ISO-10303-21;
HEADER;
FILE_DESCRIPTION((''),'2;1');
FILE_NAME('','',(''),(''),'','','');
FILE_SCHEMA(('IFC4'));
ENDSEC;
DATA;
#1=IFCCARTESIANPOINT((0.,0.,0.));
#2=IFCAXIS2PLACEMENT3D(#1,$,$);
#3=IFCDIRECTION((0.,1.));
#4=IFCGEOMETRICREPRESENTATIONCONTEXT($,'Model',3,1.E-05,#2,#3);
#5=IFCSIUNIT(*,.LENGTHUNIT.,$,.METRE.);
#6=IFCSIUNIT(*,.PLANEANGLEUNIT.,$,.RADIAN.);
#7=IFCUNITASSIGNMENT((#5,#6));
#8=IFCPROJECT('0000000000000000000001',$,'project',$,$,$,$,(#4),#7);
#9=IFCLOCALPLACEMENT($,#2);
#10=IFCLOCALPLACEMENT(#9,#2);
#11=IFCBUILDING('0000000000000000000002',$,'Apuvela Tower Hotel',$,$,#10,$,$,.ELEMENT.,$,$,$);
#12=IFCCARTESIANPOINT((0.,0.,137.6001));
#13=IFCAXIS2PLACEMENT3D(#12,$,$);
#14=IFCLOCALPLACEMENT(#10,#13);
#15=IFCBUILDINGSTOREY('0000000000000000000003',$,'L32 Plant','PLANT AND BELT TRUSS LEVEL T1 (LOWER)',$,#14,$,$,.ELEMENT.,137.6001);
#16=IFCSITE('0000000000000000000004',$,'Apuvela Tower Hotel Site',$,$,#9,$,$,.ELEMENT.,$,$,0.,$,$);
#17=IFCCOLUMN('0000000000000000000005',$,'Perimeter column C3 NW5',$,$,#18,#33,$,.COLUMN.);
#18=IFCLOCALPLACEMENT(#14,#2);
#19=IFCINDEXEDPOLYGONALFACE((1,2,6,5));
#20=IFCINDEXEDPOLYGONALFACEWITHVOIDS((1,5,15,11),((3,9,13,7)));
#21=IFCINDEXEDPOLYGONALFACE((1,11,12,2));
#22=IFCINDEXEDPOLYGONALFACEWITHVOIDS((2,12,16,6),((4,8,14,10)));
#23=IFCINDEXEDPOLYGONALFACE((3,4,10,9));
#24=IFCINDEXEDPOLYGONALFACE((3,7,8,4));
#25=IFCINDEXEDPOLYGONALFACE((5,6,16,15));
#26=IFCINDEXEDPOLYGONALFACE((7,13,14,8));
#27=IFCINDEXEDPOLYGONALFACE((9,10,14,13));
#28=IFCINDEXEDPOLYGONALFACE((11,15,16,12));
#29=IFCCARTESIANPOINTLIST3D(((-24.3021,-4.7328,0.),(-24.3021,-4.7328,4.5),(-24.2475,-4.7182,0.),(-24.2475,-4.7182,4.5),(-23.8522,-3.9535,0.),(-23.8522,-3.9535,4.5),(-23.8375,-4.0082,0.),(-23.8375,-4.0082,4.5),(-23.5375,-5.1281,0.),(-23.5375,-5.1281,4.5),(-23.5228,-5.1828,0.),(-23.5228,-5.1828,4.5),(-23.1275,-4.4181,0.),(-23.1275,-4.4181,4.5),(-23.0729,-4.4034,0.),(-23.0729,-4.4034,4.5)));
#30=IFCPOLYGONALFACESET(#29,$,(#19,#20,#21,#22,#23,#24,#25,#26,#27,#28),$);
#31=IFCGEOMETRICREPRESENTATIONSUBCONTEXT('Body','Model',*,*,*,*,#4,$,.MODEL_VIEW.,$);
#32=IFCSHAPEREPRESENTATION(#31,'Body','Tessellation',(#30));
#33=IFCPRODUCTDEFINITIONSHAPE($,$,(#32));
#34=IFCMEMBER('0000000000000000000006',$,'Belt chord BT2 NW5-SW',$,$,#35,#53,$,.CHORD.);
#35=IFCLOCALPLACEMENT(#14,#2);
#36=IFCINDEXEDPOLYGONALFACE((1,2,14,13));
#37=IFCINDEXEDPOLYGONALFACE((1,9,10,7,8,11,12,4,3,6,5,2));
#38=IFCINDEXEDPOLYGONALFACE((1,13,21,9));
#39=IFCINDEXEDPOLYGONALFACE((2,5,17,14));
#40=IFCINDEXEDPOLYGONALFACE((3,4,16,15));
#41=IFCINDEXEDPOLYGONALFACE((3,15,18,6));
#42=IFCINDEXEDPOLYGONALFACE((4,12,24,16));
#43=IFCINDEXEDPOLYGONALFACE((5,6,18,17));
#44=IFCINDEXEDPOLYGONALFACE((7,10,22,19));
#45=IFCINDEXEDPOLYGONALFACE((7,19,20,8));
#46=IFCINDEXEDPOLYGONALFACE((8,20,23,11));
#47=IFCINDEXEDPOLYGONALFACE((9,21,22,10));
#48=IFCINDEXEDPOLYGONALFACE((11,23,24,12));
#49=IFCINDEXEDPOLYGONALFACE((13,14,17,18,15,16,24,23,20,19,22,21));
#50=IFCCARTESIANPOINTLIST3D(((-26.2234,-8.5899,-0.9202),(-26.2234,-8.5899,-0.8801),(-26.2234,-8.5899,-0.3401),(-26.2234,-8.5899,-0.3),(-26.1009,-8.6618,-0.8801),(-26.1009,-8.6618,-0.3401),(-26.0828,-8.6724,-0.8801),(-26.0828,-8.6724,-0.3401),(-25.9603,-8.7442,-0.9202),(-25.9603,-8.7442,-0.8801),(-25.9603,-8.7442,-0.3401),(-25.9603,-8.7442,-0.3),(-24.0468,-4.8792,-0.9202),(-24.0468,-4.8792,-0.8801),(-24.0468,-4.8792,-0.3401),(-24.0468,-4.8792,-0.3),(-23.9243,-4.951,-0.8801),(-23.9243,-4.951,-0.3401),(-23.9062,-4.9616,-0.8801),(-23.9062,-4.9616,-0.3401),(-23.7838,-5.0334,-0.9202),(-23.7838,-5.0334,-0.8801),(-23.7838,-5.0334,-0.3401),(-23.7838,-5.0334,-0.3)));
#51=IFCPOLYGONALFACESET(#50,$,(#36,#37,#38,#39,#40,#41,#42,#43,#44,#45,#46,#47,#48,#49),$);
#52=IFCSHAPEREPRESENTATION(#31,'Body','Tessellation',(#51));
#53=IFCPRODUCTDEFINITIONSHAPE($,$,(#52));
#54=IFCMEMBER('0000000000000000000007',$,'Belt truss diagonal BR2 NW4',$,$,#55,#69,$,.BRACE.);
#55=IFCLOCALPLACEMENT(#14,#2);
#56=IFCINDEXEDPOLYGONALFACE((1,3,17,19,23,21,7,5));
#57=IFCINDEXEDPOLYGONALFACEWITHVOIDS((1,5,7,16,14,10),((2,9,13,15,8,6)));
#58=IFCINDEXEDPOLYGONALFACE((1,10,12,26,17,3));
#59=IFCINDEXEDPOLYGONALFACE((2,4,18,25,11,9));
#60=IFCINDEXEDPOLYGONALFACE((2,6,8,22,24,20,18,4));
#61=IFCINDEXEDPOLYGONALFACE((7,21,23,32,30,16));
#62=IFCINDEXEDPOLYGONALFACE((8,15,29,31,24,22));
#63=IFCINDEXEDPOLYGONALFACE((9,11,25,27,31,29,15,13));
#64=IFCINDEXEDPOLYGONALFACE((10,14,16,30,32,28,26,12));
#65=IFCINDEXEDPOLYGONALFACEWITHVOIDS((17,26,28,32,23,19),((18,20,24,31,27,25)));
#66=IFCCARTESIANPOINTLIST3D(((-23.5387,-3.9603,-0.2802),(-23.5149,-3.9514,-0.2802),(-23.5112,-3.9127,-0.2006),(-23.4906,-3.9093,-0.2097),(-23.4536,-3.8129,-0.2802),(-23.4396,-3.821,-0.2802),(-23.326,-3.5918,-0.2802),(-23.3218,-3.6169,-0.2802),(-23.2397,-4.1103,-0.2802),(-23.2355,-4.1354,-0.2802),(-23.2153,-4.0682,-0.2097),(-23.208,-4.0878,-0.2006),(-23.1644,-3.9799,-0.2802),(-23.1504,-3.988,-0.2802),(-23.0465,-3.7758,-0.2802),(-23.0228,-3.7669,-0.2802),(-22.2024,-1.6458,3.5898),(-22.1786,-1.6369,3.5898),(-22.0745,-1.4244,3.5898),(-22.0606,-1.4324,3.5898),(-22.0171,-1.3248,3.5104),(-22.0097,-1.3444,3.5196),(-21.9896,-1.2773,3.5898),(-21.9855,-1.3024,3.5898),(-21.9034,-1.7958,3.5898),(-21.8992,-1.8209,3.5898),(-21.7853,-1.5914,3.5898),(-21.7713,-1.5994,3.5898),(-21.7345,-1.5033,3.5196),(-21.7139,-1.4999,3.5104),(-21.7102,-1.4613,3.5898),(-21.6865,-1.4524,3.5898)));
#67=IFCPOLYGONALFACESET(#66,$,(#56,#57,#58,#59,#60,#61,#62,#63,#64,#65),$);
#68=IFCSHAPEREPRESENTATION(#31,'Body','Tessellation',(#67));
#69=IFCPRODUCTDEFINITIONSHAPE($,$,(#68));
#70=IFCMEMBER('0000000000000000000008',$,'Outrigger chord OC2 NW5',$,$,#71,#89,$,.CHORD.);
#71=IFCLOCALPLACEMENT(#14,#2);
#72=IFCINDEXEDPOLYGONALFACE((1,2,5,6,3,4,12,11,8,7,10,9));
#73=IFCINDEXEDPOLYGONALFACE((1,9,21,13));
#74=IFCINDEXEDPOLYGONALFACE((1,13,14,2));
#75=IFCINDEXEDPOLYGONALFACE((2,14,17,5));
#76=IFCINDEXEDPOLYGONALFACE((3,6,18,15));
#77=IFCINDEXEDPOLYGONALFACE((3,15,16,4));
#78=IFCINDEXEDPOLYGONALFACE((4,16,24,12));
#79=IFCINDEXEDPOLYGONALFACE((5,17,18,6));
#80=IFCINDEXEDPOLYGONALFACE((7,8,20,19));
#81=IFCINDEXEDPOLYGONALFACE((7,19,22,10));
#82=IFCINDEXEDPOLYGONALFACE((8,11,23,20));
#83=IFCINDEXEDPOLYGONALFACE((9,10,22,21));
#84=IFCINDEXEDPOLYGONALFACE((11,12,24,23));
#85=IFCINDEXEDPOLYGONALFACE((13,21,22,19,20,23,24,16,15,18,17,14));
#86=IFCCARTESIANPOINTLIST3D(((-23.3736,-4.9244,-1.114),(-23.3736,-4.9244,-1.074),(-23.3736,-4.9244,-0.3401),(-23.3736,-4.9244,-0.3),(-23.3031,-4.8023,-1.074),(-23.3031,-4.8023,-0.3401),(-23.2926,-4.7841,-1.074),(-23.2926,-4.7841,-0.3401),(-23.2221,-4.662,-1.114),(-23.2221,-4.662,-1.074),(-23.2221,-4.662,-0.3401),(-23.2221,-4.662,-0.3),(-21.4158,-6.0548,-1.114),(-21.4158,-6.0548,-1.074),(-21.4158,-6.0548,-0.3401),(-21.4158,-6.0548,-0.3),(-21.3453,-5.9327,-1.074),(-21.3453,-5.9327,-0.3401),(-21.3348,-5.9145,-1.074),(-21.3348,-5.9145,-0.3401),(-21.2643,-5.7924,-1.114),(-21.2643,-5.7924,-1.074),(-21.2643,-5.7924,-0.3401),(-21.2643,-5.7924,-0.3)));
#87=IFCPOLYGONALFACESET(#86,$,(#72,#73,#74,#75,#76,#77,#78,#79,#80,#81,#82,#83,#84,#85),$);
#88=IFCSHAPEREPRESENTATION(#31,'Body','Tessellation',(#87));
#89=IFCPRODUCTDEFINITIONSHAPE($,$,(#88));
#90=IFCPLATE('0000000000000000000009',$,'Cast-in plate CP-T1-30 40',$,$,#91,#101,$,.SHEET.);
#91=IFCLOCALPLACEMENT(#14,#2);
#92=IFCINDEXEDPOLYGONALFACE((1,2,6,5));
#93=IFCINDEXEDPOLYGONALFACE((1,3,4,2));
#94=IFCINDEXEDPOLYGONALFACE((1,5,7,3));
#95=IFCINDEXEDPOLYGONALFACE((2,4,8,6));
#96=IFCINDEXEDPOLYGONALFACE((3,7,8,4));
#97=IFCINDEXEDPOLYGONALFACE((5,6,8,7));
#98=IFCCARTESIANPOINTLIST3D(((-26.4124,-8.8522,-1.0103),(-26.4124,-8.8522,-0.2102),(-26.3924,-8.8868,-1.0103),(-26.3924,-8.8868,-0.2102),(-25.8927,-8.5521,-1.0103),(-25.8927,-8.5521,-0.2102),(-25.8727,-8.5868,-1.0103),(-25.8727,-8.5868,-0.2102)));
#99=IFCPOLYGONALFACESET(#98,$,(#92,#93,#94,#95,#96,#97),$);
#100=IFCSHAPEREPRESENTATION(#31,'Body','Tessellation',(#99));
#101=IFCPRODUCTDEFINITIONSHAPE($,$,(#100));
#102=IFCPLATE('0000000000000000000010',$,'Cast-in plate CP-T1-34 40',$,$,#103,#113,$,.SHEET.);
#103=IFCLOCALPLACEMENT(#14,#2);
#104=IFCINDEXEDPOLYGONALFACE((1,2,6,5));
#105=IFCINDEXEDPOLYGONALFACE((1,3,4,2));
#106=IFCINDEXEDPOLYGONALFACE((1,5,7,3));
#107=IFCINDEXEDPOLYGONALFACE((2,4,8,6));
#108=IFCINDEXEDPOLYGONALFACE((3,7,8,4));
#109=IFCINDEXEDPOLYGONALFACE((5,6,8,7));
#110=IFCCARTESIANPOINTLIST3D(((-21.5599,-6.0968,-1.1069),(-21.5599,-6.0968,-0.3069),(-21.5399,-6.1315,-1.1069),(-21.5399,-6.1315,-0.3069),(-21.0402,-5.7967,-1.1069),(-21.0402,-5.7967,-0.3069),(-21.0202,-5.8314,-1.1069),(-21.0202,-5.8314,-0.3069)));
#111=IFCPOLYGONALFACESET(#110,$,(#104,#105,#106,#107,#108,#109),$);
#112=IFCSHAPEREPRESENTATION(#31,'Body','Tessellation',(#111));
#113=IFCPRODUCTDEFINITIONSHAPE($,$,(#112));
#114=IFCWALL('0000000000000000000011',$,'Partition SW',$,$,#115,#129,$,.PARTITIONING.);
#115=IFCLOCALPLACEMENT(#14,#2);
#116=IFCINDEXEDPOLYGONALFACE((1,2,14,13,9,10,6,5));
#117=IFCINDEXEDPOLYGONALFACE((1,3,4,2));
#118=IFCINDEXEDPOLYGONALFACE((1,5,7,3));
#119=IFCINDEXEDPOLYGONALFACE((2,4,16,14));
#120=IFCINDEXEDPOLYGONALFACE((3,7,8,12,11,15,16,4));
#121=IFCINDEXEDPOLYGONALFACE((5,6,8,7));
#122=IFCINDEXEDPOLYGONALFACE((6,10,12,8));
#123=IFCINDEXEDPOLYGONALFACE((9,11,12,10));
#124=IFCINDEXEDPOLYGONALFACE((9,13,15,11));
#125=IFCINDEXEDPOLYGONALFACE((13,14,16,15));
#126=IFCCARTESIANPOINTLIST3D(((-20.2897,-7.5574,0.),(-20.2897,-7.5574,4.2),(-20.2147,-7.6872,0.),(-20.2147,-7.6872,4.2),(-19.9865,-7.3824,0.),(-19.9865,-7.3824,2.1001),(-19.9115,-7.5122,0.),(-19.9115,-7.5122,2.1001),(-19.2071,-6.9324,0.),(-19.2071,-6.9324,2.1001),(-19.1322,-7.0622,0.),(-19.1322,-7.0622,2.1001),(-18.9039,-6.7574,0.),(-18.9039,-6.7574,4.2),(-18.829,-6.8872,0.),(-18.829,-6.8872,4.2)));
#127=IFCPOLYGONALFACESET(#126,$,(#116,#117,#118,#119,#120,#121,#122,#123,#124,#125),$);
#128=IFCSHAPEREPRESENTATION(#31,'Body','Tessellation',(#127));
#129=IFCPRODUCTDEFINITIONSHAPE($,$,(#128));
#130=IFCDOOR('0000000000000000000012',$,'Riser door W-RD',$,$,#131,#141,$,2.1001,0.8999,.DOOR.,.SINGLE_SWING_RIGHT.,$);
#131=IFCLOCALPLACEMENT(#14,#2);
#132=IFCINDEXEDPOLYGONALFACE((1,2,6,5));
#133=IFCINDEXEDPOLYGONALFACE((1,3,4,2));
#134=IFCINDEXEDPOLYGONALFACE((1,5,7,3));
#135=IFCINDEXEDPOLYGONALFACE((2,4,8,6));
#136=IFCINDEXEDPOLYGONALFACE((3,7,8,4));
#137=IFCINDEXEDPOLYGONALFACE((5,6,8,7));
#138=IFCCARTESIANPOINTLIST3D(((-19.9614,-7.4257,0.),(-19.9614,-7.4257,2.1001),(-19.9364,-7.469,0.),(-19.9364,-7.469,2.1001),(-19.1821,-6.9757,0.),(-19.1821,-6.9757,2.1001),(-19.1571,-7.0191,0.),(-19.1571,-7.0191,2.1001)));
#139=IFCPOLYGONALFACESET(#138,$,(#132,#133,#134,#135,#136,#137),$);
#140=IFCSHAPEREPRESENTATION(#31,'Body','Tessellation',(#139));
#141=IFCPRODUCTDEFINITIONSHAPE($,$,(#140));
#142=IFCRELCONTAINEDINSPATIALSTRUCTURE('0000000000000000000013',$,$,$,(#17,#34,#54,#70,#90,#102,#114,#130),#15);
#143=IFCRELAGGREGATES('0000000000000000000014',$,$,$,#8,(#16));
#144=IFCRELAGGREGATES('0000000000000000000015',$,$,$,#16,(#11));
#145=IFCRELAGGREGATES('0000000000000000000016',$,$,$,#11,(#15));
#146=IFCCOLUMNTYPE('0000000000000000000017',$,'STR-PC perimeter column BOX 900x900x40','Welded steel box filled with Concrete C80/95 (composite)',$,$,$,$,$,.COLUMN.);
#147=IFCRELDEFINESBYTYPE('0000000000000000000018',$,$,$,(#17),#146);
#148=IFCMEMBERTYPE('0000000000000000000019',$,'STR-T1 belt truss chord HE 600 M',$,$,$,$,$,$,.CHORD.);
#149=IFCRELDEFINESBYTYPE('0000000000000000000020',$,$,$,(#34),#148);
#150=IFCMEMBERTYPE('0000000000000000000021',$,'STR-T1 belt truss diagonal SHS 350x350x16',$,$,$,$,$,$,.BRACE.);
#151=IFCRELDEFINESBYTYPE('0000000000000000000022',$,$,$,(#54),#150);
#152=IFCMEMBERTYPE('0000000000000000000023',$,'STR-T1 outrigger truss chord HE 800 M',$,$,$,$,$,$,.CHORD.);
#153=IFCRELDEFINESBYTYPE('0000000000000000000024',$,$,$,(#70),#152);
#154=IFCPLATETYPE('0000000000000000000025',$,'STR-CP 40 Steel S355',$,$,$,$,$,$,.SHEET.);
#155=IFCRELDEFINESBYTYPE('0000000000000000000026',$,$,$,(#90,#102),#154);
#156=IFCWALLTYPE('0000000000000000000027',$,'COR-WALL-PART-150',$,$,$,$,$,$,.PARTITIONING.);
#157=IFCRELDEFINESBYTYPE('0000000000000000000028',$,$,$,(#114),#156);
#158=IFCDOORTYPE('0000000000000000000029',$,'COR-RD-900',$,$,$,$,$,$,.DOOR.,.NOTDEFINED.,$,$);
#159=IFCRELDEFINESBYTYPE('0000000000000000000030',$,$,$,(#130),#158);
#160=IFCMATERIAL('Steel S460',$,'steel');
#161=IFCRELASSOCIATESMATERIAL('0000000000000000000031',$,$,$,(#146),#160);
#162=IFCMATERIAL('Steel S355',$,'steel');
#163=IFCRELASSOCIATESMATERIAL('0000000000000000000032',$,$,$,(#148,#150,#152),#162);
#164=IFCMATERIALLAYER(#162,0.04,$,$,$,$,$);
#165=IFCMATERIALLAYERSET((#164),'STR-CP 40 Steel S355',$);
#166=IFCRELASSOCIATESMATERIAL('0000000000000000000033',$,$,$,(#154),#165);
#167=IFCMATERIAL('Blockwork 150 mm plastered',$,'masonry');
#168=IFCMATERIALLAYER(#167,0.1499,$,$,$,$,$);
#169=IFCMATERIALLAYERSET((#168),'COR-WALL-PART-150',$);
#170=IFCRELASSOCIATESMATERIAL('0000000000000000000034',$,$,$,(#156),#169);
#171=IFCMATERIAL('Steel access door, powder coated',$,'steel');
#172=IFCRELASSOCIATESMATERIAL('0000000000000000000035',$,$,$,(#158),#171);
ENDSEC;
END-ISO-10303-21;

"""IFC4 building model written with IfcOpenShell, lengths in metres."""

from ifc_helpers import new_model, si_unit, direction, frame, frame_2d, origin, origin_2d, place, context, subcontext, project, spatial, rectangle, hollow_rectangle, i_section, extrude, boolean, halfspace, material, layer, layer_set, material_profile, profile_set, type_object, element, fill, save


model = new_model("IFC4")

# Units and contexts
model_context = context("Model", 3, precision=1e-05, world=origin(), true_north=direction((0.0, 1.0)))
body_context = subcontext(model_context, "Body", "Model", "MODEL_VIEW")
ifc_project = project(units=[si_unit("LENGTHUNIT", "METRE"), si_unit("PLANEANGLEUNIT", "RADIAN")], contexts=[model_context])

# Site, building, storey
site_placement = place(None, origin())
site = spatial("IfcSite", under=ifc_project, at=site_placement, Name="Apuvela Tower Hotel Site", CompositionType="ELEMENT", RefElevation=0.0)
building_placement = place(site_placement, origin())
building = spatial("IfcBuilding", under=site, at=building_placement, Name="Apuvela Tower Hotel", CompositionType="ELEMENT")
storey_placement = place(building_placement, frame((0.0, 0.0, 137.6001)))
storey = spatial("IfcBuildingStorey", under=building, at=storey_placement, Name="L32 Plant", Description="PLANT AND BELT TRUSS LEVEL T1 (LOWER)", CompositionType="ELEMENT", Elevation=137.6001)

# Column
ifc_material_1 = material(Name="Steel S460", Category="steel")
ifc_material_profile_1 = material_profile(ifc_material_1, hollow_rectangle(XDim=0.8999, YDim=0.8999, WallThickness=0.04, at=origin_2d()), Name="BOX 900x900x40")
ifc_material_2 = material(Name="Concrete C80/95", Category="concrete")
ifc_material_profile_2 = material_profile(ifc_material_2, rectangle(XDim=0.8201, YDim=0.8201, at=origin_2d()), Name="Concrete C80/95 infill")
ifc_profile_set_1 = profile_set([ifc_material_profile_1, ifc_material_profile_2], Name="Steel S460")
column_type = type_object("IfcColumnType", Name="STR-PC perimeter column BOX 900x900x40", Description="Welded steel box filled with Concrete C80/95 (composite)", PredefinedType="COLUMN", material=ifc_profile_set_1)
column_placement = place(storey_placement, frame((-23.6875, -4.5681, 0.0), z_axis=(0.0, 0.0, 1.0), x_axis=(0.5, 0.866025, 0.0)))
element("IfcColumn", 1, at=column_placement, inside=storey, type_object=column_type, Name="Perimeter column C3 NW5", PredefinedType="COLUMN", context=body_context, shape_type="SweptSolid", body=[
    extrude(hollow_rectangle(XDim=0.8999, YDim=0.8999, WallThickness=0.04, at=origin_2d()), origin(), (0.0, 0.0, 1.0), 4.5),
])

# Members
ifc_material_3 = material(Name="Steel S355", Category="steel")
ifc_material_profile_3 = material_profile(ifc_material_3, i_section(OverallWidth=0.3049, OverallDepth=0.6201, WebThickness=0.021, FlangeThickness=0.04, at=origin_2d()), Name="HE 600 M")
ifc_profile_set_2 = profile_set([ifc_material_profile_3], Name="Steel S355")
member_type_1 = type_object("IfcMemberType", Name="STR-T1 belt truss chord HE 600 M", PredefinedType="CHORD", material=ifc_profile_set_2)
member_1_placement = place(storey_placement, frame((-23.9153, -4.9563, -0.6101), z_axis=(-0.505941, -0.862568, 0.0), x_axis=(0.862568, -0.505941, 0.0)))
element("IfcMember", 2, at=member_1_placement, inside=storey, type_object=member_type_1, Name="Belt chord BT2 NW5-SW", PredefinedType="CHORD", context=body_context, shape_type="SweptSolid", body=[
    extrude(i_section(OverallWidth=0.3049, OverallDepth=0.6201, WebThickness=0.021, FlangeThickness=0.04, at=origin_2d()), origin(), (0.0, 0.0, 1.0), 4.302),
])
ifc_material_profile_4 = material_profile(ifc_material_3, hollow_rectangle(XDim=0.3501, YDim=0.3501, WallThickness=0.0161, at=origin_2d()), Name="SHS 350x350x16")
ifc_profile_set_3 = profile_set([ifc_material_profile_4], Name="Steel S355")
member_type_2 = type_object("IfcMemberType", Name="STR-T1 belt truss diagonal SHS 350x350x16", PredefinedType="BRACE", material=ifc_profile_set_3)
member_2_placement = place(storey_placement, frame((-23.2876, -3.8755, -0.3), z_axis=(0.284132, 0.492119, 0.822853), x_axis=(-0.411434, -0.712607, 0.568254)))
solid_1 = boolean("DIFFERENCE", boolean("DIFFERENCE", extrude(hollow_rectangle(XDim=0.3501, YDim=0.3501, WallThickness=0.0161, at=origin_2d()), frame((0.0, 0.0, -0.2407)), (0.0, 0.0, 1.0), 5.2332), halfspace(frame((0.0, 0.0, 0.0242), z_axis=(0.568254, 0.0, 0.822853), x_axis=(0.822853, 0.0, -0.568254)), True)), halfspace(frame((0.0, 0.0, 4.7273), z_axis=(0.568254, 0.0, 0.822853), x_axis=(0.822853, 0.0, -0.568254)), False))
element("IfcMember", 3, at=member_2_placement, inside=storey, type_object=member_type_2, Name="Belt truss diagonal BR2 NW4", PredefinedType="BRACE", context=body_context, shape_type="SweptSolid", body=[
    boolean("UNION", boolean("DIFFERENCE", boolean("DIFFERENCE", extrude(hollow_rectangle(XDim=0.3501, YDim=0.3501, WallThickness=0.0161, at=origin_2d()), origin(), (0.0, 0.0, 1.0), 4.7517), halfspace(frame((0.0, 0.0, 0.0242), z_axis=(0.568254, 0.0, 0.822853), x_axis=(0.822853, 0.0, -0.568254)), True)), halfspace(frame((0.0, 0.0, 4.7273), z_axis=(0.568254, 0.0, 0.822853), x_axis=(0.822853, 0.0, -0.568254)), False)), solid_1),
])
ifc_material_profile_5 = material_profile(ifc_material_3, i_section(OverallWidth=0.303, OverallDepth=0.814, WebThickness=0.021, FlangeThickness=0.04, at=origin_2d()), Name="HE 800 M")
ifc_profile_set_4 = profile_set([ifc_material_profile_5], Name="Steel S355")
member_type_3 = type_object("IfcMemberType", Name="STR-T1 outrigger truss chord HE 800 M", PredefinedType="CHORD", material=ifc_profile_set_4)
member_3_placement = place(storey_placement, frame((-23.2979, -4.7932, -0.707), z_axis=(0.866015, -0.500018, 0.0), x_axis=(0.500018, 0.866015, 0.0)))
element("IfcMember", 4, at=member_3_placement, inside=storey, type_object=member_type_3, Name="Outrigger chord OC2 NW5", PredefinedType="CHORD", context=body_context, shape_type="SweptSolid", body=[
    extrude(i_section(OverallWidth=0.303, OverallDepth=0.814, WebThickness=0.021, FlangeThickness=0.04, at=origin_2d()), origin(), (0.0, 0.0, 1.0), 2.2607),
])

# Plates
ifc_layer_1 = layer(ifc_material_3, 0.04)
ifc_layer_set_1 = layer_set([ifc_layer_1], Name="STR-CP 40 Steel S355")
plate_type = type_object("IfcPlateType", Name="STR-CP 40 Steel S355", PredefinedType="SHEET", material=ifc_layer_set_1)
for number, where, z_axis, x_axis, name in (
    (5, (-26.1426, -8.7195, -1.0103), (0.0, 0.0, 1.0), (-0.5, 0.866025, 0.0), "Cast-in plate CP-T1-30 40"),
    (6, (-21.29, -5.9641, -1.1069), (0.0, 0.0, 1.0), (0.5, -0.866025, 0.0), "Cast-in plate CP-T1-34 40"),
):
    element("IfcPlate", number, at=place(storey_placement, frame(where, z_axis=z_axis, x_axis=x_axis)), inside=storey, type_object=plate_type, Name=name, PredefinedType="SHEET", context=body_context, shape_type="SweptSolid", body=[
        extrude(rectangle(XDim=0.04, YDim=0.6001, at=origin_2d()), origin(), (0.0, 0.0, 1.0), 0.8),
    ])

# Wall, opening, door
ifc_material_4 = material(Name="Blockwork 150 mm plastered", Category="masonry")
ifc_layer_2 = layer(ifc_material_4, 0.1499)
ifc_layer_set_2 = layer_set([ifc_layer_2], Name="COR-WALL-PART-150")
wall_type_1 = type_object("IfcWallType", Name="COR-WALL-PART-150", PredefinedType="PARTITIONING", material=ifc_layer_set_2)
wall_1_placement = place(storey_placement, frame((-18.8665, -6.8223, 0.0), z_axis=(0.0, 0.0, 1.0), x_axis=(-0.866028, -0.499995, 0.0)))
wall_1 = element("IfcWall", 7, at=wall_1_placement, inside=storey, type_object=wall_type_1, Name="Partition SW", PredefinedType="PARTITIONING", context=body_context, shape_type="SweptSolid", body=[
    extrude(rectangle(XDim=1.6001, YDim=0.1499, at=frame_2d((0.8, 0.0))), origin(), (0.0, 0.0, 1.0), 4.2),
])
opening_1_placement = place(wall_1_placement, frame((0.3501, 0.0, 0.0)))
opening_1 = element("IfcOpeningElement", 8, at=opening_1_placement, cuts=wall_1, PredefinedType="OPENING", context=body_context, shape_type="SweptSolid", body=[
    extrude(rectangle(XDim=0.8999, YDim=2.1001, at=frame_2d((0.45, 1.05))), frame((0.0, 0.085, 0.0), z_axis=(0.0, -1.0, 0.0), x_axis=(1.0, 0.0, 0.0)), (0.0, 0.0, 1.0), 0.1699),
])
ifc_material_5 = material(Name="Steel access door, powder coated", Category="steel")
door_type_1 = type_object("IfcDoorType", Name="COR-RD-900", OperationType="NOTDEFINED", PredefinedType="DOOR", material=ifc_material_5)
door_1_placement = place(opening_1_placement, frame((0.8999, 0.0, 0.0), z_axis=(0.0, 0.0, 1.0), x_axis=(-1.0, 0.0, 0.0)))
door_1 = element("IfcDoor", 9, at=door_1_placement, inside=storey, type_object=door_type_1, Name="Riser door W-RD", OperationType="SINGLE_SWING_RIGHT", OverallHeight=2.1001, OverallWidth=0.8999, PredefinedType="DOOR", context=body_context, shape_type="SweptSolid", body=[
    extrude(rectangle(XDim=0.8999, YDim=2.1001, at=frame_2d((0.45, 1.05))), frame((0.0, 0.0249, 0.0), z_axis=(0.0, -1.0, 0.0), x_axis=(1.0, 0.0, 0.0)), (0.0, 0.0, 1.0), 0.05),
])
fill(opening_1, door_1)

save(model, "model.ifc")
